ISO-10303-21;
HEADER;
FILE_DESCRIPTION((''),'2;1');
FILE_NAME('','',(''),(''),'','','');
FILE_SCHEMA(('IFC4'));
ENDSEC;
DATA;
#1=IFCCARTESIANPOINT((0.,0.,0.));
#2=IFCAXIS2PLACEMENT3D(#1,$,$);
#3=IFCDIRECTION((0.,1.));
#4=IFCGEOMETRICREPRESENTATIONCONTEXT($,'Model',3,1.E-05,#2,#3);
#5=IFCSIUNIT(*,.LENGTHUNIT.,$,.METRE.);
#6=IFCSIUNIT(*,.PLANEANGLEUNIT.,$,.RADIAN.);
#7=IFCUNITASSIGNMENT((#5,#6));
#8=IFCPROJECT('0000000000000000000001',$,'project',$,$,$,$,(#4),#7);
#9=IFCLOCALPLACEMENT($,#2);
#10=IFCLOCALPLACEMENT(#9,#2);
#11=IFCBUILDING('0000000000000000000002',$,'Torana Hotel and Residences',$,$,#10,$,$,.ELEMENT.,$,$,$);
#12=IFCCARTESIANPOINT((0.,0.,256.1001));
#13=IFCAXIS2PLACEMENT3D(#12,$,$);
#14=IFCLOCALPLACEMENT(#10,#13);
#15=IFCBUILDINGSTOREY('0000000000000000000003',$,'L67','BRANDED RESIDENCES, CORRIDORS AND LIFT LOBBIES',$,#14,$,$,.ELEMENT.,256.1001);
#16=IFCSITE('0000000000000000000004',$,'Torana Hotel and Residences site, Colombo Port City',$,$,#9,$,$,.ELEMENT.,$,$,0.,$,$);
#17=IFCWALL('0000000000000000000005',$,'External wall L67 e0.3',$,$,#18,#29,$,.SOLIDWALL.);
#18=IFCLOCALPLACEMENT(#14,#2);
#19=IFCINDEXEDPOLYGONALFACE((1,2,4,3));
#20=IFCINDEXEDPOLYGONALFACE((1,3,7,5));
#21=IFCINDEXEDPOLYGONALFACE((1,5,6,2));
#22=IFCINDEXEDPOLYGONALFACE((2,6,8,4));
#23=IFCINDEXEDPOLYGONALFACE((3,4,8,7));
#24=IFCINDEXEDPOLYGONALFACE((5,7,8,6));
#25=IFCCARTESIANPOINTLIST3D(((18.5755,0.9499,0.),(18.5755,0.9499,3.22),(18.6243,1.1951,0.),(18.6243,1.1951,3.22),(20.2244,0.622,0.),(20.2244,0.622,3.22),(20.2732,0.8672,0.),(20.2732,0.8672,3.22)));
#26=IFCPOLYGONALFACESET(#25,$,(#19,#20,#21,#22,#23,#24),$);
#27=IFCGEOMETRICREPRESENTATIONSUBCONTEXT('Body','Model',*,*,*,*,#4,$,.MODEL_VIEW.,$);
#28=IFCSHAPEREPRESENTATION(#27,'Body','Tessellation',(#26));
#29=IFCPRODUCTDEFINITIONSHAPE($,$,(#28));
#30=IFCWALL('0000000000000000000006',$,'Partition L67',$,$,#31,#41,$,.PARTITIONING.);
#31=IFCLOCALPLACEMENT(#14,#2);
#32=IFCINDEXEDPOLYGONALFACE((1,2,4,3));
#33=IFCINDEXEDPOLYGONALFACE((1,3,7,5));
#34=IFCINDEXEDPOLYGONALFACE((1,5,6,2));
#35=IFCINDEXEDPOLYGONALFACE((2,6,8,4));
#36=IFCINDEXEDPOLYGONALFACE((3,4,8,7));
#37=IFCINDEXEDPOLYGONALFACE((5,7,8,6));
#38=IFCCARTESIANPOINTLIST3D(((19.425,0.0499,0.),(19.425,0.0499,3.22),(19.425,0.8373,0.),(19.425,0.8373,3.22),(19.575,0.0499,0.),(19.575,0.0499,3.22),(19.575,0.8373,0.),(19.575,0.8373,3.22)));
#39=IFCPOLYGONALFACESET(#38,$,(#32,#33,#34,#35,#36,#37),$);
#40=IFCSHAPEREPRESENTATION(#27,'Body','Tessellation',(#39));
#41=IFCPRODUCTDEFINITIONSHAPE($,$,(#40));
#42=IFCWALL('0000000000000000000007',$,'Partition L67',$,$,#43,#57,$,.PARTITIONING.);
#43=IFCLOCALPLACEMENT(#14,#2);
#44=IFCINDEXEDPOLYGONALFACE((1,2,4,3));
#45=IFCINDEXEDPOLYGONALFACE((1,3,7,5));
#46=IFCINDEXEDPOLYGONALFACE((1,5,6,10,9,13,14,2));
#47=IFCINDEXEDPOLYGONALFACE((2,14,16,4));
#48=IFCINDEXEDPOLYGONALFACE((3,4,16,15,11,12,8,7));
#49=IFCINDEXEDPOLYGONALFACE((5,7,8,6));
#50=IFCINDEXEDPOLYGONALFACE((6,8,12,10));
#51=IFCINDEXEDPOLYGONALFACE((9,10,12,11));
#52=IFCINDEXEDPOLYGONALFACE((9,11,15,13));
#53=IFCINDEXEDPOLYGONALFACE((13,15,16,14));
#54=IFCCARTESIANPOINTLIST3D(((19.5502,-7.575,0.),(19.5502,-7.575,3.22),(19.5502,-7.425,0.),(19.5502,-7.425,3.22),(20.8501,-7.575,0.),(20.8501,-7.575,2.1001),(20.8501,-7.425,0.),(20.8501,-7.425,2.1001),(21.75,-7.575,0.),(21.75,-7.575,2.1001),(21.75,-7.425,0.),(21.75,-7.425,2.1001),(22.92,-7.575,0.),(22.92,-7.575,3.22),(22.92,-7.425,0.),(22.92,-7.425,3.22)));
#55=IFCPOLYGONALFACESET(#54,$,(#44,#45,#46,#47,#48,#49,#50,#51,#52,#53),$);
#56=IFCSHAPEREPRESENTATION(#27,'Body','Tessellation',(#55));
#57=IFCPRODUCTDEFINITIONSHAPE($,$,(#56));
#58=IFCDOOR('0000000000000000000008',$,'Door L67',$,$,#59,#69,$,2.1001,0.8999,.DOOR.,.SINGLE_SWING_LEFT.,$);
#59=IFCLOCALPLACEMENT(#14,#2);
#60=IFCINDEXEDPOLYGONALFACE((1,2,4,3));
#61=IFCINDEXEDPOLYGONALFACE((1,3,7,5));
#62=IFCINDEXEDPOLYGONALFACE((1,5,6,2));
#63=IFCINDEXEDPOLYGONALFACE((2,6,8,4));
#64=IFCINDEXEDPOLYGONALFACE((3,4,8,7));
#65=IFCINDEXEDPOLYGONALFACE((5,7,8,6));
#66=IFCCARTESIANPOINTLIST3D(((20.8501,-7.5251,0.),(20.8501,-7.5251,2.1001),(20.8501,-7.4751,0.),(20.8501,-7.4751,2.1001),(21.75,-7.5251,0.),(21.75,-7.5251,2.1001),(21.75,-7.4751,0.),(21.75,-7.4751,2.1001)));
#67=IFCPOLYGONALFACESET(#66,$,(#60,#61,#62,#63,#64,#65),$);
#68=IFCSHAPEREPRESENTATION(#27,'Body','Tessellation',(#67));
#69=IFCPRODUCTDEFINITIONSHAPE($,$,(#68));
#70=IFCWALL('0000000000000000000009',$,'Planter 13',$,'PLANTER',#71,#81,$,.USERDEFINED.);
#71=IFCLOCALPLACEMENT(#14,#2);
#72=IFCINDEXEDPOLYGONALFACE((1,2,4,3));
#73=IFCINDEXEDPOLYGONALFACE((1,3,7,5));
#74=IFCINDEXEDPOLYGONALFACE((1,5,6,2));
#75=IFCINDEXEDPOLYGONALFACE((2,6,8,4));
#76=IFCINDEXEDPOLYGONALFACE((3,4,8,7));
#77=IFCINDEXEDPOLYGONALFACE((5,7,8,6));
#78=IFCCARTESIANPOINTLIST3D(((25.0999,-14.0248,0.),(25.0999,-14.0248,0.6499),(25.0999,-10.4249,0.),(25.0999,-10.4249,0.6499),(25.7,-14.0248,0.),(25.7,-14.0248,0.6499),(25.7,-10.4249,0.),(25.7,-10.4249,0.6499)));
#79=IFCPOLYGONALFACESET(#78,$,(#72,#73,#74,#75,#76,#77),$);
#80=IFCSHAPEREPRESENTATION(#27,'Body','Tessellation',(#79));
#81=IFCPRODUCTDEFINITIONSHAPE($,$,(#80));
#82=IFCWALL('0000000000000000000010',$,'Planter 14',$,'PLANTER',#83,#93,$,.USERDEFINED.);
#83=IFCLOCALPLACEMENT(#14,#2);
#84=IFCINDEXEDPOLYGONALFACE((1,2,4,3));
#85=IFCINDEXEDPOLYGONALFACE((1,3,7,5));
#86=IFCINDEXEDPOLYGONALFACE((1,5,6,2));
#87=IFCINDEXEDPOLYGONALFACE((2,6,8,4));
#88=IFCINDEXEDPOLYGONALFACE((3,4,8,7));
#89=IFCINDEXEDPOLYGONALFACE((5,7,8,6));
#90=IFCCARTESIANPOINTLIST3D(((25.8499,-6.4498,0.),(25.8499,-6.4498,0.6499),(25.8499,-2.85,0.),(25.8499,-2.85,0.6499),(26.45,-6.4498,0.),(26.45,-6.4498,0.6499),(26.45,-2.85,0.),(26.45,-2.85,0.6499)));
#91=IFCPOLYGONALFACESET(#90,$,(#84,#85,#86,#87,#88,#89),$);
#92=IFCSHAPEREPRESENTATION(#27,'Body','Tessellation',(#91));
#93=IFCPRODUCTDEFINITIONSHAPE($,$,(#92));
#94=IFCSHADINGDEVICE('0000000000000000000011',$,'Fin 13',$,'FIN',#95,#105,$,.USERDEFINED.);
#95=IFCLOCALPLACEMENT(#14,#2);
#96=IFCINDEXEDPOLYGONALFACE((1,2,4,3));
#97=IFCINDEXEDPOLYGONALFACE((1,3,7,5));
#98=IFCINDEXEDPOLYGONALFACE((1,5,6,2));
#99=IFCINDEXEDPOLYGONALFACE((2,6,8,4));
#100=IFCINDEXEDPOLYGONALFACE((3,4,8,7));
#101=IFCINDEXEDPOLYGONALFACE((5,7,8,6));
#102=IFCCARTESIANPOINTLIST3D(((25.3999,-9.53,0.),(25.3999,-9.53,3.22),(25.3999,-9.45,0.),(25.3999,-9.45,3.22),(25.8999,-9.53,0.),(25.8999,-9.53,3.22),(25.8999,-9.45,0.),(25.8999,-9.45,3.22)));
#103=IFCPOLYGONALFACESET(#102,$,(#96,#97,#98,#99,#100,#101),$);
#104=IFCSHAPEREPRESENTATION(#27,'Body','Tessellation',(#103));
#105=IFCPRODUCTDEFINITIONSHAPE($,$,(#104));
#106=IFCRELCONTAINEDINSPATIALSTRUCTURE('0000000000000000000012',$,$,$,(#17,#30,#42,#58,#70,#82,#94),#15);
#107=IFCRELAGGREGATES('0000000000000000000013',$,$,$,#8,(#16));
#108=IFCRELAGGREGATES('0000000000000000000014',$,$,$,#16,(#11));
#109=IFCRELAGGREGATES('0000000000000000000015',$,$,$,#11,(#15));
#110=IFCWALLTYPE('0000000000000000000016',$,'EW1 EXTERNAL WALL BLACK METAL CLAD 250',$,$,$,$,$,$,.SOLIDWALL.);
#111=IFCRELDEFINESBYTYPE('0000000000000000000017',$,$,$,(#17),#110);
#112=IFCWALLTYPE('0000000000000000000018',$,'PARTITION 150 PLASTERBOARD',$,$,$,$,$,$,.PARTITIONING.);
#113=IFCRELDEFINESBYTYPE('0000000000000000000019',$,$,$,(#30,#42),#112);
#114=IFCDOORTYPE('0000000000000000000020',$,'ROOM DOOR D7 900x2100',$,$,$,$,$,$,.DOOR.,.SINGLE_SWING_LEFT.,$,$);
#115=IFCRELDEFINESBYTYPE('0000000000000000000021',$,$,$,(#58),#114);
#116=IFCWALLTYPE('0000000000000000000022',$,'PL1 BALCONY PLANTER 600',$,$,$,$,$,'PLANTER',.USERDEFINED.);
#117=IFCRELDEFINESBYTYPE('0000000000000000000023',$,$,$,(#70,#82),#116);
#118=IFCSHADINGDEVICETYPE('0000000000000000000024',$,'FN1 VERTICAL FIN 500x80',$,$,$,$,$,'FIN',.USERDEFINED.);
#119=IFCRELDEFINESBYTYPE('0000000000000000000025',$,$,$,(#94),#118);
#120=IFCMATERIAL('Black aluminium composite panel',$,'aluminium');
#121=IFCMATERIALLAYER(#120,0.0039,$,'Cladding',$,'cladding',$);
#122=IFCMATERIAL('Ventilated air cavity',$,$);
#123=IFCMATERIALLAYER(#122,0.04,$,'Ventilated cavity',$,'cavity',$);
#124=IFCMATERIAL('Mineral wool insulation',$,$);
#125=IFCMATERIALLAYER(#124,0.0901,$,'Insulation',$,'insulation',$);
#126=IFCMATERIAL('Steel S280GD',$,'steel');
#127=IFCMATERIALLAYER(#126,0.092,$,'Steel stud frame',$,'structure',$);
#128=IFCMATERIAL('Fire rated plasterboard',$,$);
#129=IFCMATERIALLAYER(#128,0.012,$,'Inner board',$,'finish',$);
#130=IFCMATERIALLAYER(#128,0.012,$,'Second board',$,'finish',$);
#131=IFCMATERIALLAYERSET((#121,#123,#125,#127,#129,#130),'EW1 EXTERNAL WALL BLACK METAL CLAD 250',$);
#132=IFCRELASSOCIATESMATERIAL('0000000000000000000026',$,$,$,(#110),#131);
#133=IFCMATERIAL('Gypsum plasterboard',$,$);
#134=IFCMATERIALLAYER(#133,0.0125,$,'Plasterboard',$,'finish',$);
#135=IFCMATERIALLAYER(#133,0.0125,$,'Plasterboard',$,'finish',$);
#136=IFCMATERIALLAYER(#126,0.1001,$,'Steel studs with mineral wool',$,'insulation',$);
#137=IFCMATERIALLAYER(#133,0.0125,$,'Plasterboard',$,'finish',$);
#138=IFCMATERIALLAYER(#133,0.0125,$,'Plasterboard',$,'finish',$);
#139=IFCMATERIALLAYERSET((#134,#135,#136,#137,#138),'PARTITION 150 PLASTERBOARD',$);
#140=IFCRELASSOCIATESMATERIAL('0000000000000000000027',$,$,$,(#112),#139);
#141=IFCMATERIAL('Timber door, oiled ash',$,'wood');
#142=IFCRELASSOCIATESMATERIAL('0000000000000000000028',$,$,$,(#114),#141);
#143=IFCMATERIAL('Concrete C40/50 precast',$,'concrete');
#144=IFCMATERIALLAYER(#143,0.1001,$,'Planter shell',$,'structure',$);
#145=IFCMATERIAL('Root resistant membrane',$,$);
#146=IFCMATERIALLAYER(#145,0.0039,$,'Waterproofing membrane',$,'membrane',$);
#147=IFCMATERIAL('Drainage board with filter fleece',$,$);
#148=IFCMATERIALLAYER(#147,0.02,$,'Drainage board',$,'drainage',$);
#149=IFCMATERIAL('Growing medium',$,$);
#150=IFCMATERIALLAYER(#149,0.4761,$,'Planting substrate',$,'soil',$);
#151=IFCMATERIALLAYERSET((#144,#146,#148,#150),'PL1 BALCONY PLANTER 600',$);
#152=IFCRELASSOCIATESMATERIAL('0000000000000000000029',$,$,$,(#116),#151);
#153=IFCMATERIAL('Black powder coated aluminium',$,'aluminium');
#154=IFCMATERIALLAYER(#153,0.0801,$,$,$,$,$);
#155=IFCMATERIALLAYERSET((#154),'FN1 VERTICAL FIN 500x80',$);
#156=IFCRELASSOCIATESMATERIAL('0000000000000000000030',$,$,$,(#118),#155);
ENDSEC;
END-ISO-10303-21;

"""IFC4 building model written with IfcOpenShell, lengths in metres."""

from ifc_helpers import new_model, si_unit, direction, frame, frame_2d, origin, origin_2d, place, context, subcontext, project, spatial, rectangle, extrude, material, layer, layer_set, type_object, element, fill, save


model = new_model("IFC4")

# Units and contexts
model_context = context("Model", 3, precision=1e-05, world=origin(), true_north=direction((0.0, 1.0)))
body_context = subcontext(model_context, "Body", "Model", "MODEL_VIEW")
ifc_project = project(units=[si_unit("LENGTHUNIT", "METRE"), si_unit("PLANEANGLEUNIT", "RADIAN")], contexts=[model_context])

# Site, building, storey
site_placement = place(None, origin())
site = spatial("IfcSite", under=ifc_project, at=site_placement, Name="Torana Hotel and Residences site, Colombo Port City", CompositionType="ELEMENT", RefElevation=0.0)
building_placement = place(site_placement, origin())
building = spatial("IfcBuilding", under=site, at=building_placement, Name="Torana Hotel and Residences", CompositionType="ELEMENT")
storey_placement = place(building_placement, frame((0.0, 0.0, 256.1001)))
storey = spatial("IfcBuildingStorey", under=building, at=storey_placement, Name="L67", Description="BRANDED RESIDENCES, CORRIDORS AND LIFT LOBBIES", CompositionType="ELEMENT", Elevation=256.1001)

# Walls
ifc_material_1 = material(Name="Black aluminium composite panel", Category="aluminium")
ifc_layer_1 = layer(ifc_material_1, 0.0039, Name="Cladding", Category="cladding")
ifc_material_2 = material(Name="Ventilated air cavity")
ifc_layer_2 = layer(ifc_material_2, 0.04, Name="Ventilated cavity", Category="cavity")
ifc_material_3 = material(Name="Mineral wool insulation")
ifc_layer_3 = layer(ifc_material_3, 0.0901, Name="Insulation", Category="insulation")
ifc_material_4 = material(Name="Steel S280GD", Category="steel")
ifc_layer_4 = layer(ifc_material_4, 0.092, Name="Steel stud frame", Category="structure")
ifc_material_5 = material(Name="Fire rated plasterboard")
ifc_layer_5 = layer(ifc_material_5, 0.012, Name="Inner board", Category="finish")
ifc_layer_6 = layer(ifc_material_5, 0.012, Name="Second board", Category="finish")
ifc_layer_set_1 = layer_set([ifc_layer_1, ifc_layer_2, ifc_layer_3, ifc_layer_4, ifc_layer_5, ifc_layer_6], Name="EW1 EXTERNAL WALL BLACK METAL CLAD 250")
wall_type_1 = type_object("IfcWallType", Name="EW1 EXTERNAL WALL BLACK METAL CLAD 250", PredefinedType="SOLIDWALL", material=ifc_layer_set_1)
wall_1_placement = place(storey_placement, frame((20.2488, 0.7446, 0.0), z_axis=(0.0, 0.0, 1.0), x_axis=(-0.980798, 0.195027, 0.0)))
element("IfcWall", 1, at=wall_1_placement, inside=storey, type_object=wall_type_1, Name="External wall L67 e0.3", PredefinedType="SOLIDWALL", context=body_context, shape_type="SweptSolid", body=[
    extrude(rectangle(XDim=1.6812, YDim=0.25, at=frame_2d((0.8406, 0.0))), origin(), (0.0, 0.0, 1.0), 3.22),
])
ifc_material_6 = material(Name="Gypsum plasterboard")
ifc_layer_7 = layer(ifc_material_6, 0.0125, Name="Plasterboard", Category="finish")
ifc_layer_8 = layer(ifc_material_6, 0.0125, Name="Plasterboard", Category="finish")
ifc_layer_9 = layer(ifc_material_4, 0.1001, Name="Steel studs with mineral wool", Category="insulation")
ifc_layer_10 = layer(ifc_material_6, 0.0125, Name="Plasterboard", Category="finish")
ifc_layer_11 = layer(ifc_material_6, 0.0125, Name="Plasterboard", Category="finish")
ifc_layer_set_2 = layer_set([ifc_layer_7, ifc_layer_8, ifc_layer_9, ifc_layer_10, ifc_layer_11], Name="PARTITION 150 PLASTERBOARD")
wall_type_2 = type_object("IfcWallType", Name="PARTITION 150 PLASTERBOARD", PredefinedType="PARTITIONING", material=ifc_layer_set_2)
wall_2_placement = place(storey_placement, frame((19.5, 0.05, 0.0), z_axis=(0.0, 0.0, 1.0), x_axis=(0.0, 1.0, 0.0)))
element("IfcWall", 2, at=wall_2_placement, inside=storey, type_object=wall_type_2, Name="Partition L67", PredefinedType="PARTITIONING", context=body_context, shape_type="SweptSolid", body=[
    extrude(rectangle(XDim=0.7874, YDim=0.1499, at=frame_2d((0.3936, 0.0))), origin(), (0.0, 0.0, 1.0), 3.22),
])

# Wall, opening, door
wall_3_placement = place(storey_placement, frame((19.55, -7.5, 0.0), z_axis=(0.0, 0.0, 1.0), x_axis=(1.0, 0.0, 0.0)))
wall_3 = element("IfcWall", 3, at=wall_3_placement, inside=storey, type_object=wall_type_2, Name="Partition L67", PredefinedType="PARTITIONING", context=body_context, shape_type="SweptSolid", body=[
    extrude(rectangle(XDim=3.3699, YDim=0.1499, at=frame_2d((1.6851, 0.0))), origin(), (0.0, 0.0, 1.0), 3.22),
])
opening_placement = place(wall_3_placement, frame((1.3, 0.0, 0.0)))
opening = element("IfcOpeningElement", 4, at=opening_placement, cuts=wall_3, PredefinedType="OPENING", context=body_context, shape_type="SweptSolid", body=[
    extrude(rectangle(XDim=0.8999, YDim=2.1001, at=frame_2d((0.45, 1.05))), frame((0.0, 0.085, 0.0), z_axis=(0.0, -1.0, 0.0), x_axis=(1.0, 0.0, 0.0)), (0.0, 0.0, 1.0), 0.1699),
])
ifc_material_7 = material(Name="Timber door, oiled ash", Category="wood")
door_type = type_object("IfcDoorType", Name="ROOM DOOR D7 900x2100", OperationType="SINGLE_SWING_LEFT", PredefinedType="DOOR", material=ifc_material_7)
door_placement = place(opening_placement, origin())
door = element("IfcDoor", 5, at=door_placement, inside=storey, type_object=door_type, Name="Door L67", OperationType="SINGLE_SWING_LEFT", OverallHeight=2.1001, OverallWidth=0.8999, PredefinedType="DOOR", context=body_context, shape_type="SweptSolid", body=[
    extrude(rectangle(XDim=0.8999, YDim=2.1001, at=frame_2d((0.45, 1.05))), frame((0.0, 0.0249, 0.0), z_axis=(0.0, -1.0, 0.0), x_axis=(1.0, 0.0, 0.0)), (0.0, 0.0, 1.0), 0.05),
])
fill(opening, door)

# Walls
ifc_material_8 = material(Name="Concrete C40/50 precast", Category="concrete")
ifc_layer_12 = layer(ifc_material_8, 0.1001, Name="Planter shell", Category="structure")
ifc_material_9 = material(Name="Root resistant membrane")
ifc_layer_13 = layer(ifc_material_9, 0.0039, Name="Waterproofing membrane", Category="membrane")
ifc_material_10 = material(Name="Drainage board with filter fleece")
ifc_layer_14 = layer(ifc_material_10, 0.02, Name="Drainage board", Category="drainage")
ifc_material_11 = material(Name="Growing medium")
ifc_layer_15 = layer(ifc_material_11, 0.4761, Name="Planting substrate", Category="soil")
ifc_layer_set_3 = layer_set([ifc_layer_12, ifc_layer_13, ifc_layer_14, ifc_layer_15], Name="PL1 BALCONY PLANTER 600")
wall_type_3 = type_object("IfcWallType", Name="PL1 BALCONY PLANTER 600", ElementType="PLANTER", PredefinedType="USERDEFINED", material=ifc_layer_set_3)
for number, where, z_axis, x_axis, name in (
    (6, (25.3999, -10.425, 0.0), (0.0, 0.0, 1.0), (0.0, -1.0, 0.0), "Planter 13"),
    (7, (26.1499, -2.8501, 0.0), (0.0, 0.0, 1.0), (0.0, -1.0, 0.0), "Planter 14"),
):
    element("IfcWall", number, at=place(storey_placement, frame(where, z_axis=z_axis, x_axis=x_axis)), inside=storey, type_object=wall_type_3, Name=name, ObjectType="PLANTER", PredefinedType="USERDEFINED", context=body_context, shape_type="SweptSolid", body=[
        extrude(rectangle(XDim=3.5999, YDim=0.6001, at=frame_2d((1.7998, 0.0))), origin(), (0.0, 0.0, 1.0), 0.6499),
    ])

# Shading device
ifc_material_12 = material(Name="Black powder coated aluminium", Category="aluminium")
ifc_layer_16 = layer(ifc_material_12, 0.0801)
ifc_layer_set_4 = layer_set([ifc_layer_16], Name="FN1 VERTICAL FIN 500x80")
shading_device_type = type_object("IfcShadingDeviceType", Name="FN1 VERTICAL FIN 500x80", ElementType="FIN", PredefinedType="USERDEFINED", material=ifc_layer_set_4)
shading_device_placement = place(storey_placement, frame((25.6499, -9.49, 0.0), z_axis=(0.0, 0.0, 1.0), x_axis=(0.0, -1.0, 0.0)))
element("IfcShadingDevice", 8, at=shading_device_placement, inside=storey, type_object=shading_device_type, Name="Fin 13", ObjectType="FIN", PredefinedType="USERDEFINED", context=body_context, shape_type="SweptSolid", body=[
    extrude(rectangle(XDim=0.0801, YDim=0.5, at=origin_2d()), origin(), (0.0, 0.0, 1.0), 3.22),
])

save(model, "model.ifc")
